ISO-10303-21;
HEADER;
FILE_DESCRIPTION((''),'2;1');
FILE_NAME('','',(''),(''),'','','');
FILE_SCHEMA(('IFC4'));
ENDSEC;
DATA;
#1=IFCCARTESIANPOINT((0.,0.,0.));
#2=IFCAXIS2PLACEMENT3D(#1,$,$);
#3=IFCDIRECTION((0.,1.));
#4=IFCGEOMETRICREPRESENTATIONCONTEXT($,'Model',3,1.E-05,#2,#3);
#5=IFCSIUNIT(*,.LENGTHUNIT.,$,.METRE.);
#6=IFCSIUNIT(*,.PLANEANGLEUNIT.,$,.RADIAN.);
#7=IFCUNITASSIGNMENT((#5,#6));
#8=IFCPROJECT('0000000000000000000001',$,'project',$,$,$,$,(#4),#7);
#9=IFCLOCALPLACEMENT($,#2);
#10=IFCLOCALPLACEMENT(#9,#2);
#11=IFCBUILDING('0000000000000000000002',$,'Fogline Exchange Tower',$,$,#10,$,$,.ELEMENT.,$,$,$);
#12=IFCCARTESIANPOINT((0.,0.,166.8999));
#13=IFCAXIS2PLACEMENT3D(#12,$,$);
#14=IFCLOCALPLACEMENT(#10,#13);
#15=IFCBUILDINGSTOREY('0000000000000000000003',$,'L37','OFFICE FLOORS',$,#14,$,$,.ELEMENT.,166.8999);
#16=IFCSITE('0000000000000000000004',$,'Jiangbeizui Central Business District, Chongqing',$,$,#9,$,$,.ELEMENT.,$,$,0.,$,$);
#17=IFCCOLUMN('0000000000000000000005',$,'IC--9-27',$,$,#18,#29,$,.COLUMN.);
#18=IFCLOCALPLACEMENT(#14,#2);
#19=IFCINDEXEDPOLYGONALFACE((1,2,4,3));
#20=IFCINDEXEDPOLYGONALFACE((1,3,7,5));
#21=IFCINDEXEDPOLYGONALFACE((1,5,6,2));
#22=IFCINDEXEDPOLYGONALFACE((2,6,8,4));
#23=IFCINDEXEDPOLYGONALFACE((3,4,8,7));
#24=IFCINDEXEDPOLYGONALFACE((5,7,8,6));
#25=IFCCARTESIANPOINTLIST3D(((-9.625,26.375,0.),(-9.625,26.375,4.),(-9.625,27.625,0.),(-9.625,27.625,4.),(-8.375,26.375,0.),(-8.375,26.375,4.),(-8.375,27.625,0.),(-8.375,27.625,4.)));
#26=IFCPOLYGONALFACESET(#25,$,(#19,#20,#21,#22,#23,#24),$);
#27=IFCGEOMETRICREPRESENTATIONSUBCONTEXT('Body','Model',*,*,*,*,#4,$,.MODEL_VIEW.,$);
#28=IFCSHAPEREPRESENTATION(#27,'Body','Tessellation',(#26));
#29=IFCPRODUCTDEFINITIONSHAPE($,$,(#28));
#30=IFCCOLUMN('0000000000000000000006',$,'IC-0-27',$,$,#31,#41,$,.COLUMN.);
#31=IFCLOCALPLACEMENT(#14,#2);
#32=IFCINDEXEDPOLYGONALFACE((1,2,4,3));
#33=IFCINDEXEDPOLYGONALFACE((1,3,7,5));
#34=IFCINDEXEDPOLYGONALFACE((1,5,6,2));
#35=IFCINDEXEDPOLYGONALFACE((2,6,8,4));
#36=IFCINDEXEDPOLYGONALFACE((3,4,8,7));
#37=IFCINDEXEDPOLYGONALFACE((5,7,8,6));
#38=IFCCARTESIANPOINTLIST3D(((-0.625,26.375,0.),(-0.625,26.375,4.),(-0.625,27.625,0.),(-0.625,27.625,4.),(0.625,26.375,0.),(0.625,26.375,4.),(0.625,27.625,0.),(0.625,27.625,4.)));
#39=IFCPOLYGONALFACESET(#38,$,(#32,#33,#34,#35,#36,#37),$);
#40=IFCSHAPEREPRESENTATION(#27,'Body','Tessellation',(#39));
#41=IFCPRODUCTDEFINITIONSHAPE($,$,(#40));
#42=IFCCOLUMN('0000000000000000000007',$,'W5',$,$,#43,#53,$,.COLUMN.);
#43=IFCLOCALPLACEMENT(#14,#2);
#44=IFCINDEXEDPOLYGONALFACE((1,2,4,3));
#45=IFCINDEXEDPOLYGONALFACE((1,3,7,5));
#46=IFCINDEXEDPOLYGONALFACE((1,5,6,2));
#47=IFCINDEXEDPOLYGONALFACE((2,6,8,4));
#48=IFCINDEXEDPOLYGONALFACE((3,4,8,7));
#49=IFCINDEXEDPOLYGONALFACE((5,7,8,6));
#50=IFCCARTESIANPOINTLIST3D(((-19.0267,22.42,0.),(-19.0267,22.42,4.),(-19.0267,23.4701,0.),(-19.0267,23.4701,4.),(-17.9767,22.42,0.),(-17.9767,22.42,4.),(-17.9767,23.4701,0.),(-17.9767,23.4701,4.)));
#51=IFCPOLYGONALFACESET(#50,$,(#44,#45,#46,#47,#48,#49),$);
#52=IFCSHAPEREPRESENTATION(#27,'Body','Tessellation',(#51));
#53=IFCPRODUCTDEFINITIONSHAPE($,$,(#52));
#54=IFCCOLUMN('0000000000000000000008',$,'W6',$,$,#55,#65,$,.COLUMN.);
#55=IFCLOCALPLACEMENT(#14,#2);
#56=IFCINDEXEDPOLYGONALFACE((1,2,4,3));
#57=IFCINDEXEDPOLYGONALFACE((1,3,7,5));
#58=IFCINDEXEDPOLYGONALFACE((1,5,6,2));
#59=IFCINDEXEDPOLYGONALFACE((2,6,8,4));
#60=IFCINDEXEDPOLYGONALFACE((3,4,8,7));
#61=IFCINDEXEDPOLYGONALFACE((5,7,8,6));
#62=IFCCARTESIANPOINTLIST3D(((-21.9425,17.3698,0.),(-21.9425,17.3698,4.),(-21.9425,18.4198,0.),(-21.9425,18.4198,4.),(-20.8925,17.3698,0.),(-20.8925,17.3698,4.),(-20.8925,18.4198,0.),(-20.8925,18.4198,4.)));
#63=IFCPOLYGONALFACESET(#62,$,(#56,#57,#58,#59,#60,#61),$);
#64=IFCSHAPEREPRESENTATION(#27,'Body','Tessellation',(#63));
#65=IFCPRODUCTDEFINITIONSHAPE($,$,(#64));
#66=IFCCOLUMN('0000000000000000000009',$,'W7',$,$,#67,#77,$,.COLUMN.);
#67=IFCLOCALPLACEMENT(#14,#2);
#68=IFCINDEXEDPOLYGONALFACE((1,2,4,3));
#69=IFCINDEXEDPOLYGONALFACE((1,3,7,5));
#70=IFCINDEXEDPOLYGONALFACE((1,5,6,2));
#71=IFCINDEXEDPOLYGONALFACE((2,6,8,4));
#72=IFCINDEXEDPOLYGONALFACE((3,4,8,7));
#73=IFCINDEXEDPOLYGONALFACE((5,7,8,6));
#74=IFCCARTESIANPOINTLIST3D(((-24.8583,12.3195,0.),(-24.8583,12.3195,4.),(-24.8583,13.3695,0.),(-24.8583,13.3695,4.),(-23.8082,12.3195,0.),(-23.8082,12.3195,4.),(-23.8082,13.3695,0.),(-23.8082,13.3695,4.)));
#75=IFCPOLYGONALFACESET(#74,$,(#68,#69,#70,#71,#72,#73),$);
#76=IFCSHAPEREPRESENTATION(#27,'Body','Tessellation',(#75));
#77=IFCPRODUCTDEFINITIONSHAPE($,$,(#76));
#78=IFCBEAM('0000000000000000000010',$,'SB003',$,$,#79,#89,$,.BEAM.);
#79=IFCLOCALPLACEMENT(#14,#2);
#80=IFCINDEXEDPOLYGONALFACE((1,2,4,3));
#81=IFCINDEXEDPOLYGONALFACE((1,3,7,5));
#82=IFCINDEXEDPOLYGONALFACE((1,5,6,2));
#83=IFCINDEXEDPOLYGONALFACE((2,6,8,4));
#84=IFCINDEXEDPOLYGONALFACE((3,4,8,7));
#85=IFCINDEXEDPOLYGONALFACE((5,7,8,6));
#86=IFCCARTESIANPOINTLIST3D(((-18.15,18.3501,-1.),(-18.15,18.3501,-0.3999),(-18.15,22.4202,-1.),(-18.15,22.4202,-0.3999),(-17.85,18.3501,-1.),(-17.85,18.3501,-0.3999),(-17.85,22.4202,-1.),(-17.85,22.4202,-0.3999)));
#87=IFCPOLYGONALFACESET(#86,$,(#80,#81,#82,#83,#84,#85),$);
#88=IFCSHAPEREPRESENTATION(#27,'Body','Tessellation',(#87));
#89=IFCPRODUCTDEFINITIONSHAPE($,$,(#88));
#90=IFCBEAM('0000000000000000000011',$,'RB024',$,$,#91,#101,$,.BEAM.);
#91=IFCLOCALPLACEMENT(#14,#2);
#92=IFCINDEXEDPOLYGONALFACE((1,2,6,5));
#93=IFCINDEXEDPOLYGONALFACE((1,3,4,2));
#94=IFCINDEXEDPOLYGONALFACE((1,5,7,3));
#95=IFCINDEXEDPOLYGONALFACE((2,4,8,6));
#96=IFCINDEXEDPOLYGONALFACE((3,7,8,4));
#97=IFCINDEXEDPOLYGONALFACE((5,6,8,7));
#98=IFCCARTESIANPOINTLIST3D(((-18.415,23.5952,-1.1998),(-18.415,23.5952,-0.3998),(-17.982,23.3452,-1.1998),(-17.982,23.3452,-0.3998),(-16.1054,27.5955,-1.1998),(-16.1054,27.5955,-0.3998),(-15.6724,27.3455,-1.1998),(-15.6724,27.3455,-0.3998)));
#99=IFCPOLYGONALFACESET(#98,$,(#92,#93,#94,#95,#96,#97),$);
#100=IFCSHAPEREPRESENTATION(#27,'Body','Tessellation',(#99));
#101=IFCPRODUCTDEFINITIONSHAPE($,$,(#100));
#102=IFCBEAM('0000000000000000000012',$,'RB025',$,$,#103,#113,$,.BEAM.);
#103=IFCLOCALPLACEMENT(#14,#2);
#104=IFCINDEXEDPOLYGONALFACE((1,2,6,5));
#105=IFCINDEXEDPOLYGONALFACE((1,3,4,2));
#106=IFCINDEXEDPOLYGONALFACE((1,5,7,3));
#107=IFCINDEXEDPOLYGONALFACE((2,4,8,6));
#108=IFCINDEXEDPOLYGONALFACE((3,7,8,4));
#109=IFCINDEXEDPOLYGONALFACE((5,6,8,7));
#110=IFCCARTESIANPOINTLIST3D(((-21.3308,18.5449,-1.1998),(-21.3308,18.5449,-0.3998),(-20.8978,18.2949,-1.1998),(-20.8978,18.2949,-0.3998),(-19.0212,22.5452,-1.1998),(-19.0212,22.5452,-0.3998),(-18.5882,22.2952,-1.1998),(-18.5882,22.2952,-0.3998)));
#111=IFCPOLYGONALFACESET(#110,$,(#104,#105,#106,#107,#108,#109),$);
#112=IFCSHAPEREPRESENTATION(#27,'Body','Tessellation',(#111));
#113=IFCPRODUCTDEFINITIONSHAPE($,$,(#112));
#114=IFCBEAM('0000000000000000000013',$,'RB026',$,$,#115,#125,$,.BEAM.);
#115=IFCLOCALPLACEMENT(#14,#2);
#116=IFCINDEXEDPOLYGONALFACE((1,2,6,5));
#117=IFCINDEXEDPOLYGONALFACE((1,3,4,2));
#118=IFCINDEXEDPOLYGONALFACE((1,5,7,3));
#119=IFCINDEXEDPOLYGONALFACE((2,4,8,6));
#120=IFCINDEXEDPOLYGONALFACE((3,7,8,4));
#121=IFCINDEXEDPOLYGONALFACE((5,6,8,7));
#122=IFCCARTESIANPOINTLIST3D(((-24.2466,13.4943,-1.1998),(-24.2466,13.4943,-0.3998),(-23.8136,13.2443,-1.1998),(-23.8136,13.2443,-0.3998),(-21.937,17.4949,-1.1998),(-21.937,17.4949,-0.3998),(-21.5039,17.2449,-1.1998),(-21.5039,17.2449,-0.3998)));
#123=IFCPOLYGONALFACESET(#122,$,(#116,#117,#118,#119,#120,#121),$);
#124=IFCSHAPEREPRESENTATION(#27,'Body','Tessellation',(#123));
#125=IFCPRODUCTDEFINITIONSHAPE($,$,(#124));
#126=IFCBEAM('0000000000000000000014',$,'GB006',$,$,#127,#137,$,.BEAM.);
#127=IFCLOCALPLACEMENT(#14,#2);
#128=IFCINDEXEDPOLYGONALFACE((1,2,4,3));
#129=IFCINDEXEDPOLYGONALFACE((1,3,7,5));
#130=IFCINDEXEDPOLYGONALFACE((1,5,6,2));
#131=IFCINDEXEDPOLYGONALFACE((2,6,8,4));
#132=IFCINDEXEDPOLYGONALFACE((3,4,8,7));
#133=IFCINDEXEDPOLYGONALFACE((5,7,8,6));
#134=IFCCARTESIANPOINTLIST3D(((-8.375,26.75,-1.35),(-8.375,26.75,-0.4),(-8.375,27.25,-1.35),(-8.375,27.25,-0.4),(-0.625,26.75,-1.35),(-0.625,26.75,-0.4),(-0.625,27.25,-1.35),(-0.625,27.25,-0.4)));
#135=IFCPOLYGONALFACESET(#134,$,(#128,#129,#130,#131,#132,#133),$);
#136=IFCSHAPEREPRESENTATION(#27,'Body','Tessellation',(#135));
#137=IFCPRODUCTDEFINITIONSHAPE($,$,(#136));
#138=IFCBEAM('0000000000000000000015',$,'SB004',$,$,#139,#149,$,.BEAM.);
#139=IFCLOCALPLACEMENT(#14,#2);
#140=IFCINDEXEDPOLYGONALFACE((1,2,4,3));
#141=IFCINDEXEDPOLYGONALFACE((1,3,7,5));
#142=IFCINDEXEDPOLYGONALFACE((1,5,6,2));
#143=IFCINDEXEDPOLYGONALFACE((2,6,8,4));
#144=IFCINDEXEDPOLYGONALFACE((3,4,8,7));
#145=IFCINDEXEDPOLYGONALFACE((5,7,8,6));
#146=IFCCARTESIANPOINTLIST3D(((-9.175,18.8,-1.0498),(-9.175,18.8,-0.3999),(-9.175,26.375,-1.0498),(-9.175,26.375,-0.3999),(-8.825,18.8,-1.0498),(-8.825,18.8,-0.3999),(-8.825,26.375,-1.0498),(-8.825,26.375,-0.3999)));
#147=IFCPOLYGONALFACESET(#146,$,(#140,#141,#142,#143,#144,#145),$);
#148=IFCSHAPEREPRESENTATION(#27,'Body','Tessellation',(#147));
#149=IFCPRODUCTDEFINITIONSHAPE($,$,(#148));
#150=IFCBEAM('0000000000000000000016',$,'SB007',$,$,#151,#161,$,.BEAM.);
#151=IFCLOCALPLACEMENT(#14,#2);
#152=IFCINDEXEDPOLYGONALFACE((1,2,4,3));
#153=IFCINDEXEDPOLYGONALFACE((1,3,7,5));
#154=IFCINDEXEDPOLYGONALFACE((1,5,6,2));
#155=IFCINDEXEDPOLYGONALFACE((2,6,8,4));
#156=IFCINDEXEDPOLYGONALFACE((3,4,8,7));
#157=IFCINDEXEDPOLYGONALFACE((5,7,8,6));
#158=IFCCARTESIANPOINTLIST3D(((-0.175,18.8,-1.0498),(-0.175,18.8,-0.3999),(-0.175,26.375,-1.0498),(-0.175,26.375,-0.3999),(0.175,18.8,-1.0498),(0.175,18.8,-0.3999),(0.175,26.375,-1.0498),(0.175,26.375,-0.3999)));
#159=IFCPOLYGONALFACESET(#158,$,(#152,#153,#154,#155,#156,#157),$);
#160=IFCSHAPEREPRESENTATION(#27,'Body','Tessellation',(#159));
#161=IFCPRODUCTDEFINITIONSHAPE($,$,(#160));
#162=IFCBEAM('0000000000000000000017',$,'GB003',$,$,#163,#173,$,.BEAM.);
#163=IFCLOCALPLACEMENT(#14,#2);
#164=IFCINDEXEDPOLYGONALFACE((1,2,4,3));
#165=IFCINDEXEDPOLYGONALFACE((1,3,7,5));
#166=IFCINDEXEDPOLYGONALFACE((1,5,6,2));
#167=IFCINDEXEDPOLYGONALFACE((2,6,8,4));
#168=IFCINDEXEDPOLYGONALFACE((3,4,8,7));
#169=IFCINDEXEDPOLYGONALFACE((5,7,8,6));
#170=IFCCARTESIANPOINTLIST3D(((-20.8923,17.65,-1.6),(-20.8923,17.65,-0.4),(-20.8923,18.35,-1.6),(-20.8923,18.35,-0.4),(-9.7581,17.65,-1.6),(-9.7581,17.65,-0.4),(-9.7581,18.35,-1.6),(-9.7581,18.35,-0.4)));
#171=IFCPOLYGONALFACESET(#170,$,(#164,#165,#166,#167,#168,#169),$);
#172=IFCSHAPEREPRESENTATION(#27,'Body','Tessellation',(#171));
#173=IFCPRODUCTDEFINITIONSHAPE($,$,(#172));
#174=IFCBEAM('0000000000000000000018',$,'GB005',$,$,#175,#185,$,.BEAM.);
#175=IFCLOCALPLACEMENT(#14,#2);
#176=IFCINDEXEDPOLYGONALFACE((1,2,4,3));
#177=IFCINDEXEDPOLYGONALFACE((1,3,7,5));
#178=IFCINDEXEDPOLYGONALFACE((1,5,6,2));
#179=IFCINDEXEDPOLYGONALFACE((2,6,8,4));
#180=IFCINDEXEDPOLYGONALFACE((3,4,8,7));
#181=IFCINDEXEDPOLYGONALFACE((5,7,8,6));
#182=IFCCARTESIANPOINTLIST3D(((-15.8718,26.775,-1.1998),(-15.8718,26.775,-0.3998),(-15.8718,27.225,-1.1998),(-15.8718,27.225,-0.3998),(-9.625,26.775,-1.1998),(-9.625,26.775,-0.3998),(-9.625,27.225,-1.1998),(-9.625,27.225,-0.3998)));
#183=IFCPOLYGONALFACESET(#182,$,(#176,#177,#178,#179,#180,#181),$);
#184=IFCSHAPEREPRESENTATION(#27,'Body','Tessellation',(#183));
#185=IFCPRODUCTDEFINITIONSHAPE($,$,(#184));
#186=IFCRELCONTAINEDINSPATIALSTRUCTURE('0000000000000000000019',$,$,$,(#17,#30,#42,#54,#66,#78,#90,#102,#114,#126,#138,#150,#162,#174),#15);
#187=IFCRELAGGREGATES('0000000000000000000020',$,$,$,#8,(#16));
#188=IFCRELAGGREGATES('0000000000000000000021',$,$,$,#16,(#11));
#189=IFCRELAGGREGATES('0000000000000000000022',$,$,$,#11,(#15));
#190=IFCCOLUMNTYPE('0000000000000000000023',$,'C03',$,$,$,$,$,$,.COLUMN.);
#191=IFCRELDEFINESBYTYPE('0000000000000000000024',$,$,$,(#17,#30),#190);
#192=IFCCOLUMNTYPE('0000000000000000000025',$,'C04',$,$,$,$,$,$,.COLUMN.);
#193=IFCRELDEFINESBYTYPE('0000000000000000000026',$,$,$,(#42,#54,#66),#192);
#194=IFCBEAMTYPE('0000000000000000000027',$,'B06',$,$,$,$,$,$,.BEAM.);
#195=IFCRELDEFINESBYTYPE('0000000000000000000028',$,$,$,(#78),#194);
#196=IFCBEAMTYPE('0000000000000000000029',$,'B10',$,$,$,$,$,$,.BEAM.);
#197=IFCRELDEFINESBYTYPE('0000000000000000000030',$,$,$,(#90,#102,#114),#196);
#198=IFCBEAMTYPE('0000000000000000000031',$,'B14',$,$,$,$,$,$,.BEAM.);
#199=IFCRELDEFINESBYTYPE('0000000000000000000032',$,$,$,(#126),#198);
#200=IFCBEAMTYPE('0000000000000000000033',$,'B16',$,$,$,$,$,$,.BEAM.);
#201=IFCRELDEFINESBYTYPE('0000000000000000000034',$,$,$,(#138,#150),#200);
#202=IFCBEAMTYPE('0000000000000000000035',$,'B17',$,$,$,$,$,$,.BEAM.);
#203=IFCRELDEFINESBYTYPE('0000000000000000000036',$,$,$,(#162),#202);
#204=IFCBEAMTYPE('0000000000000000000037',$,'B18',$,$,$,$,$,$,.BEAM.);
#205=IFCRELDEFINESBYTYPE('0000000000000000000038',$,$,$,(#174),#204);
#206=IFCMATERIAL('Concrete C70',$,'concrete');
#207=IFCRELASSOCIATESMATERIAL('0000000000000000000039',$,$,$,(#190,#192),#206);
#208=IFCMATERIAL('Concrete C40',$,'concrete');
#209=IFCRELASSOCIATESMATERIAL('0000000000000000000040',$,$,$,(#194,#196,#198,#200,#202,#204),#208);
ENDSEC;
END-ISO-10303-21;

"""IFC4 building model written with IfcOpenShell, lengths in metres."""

from ifc_helpers import new_model, si_unit, direction, frame, origin, origin_2d, place, context, subcontext, project, spatial, rectangle, extrude, material, material_profile, profile_set, type_object, element, save


model = new_model("IFC4")

# Units and contexts
model_context = context("Model", 3, precision=1e-05, world=origin(), true_north=direction((0.0, 1.0)))
body_context = subcontext(model_context, "Body", "Model", "MODEL_VIEW")
ifc_project = project(units=[si_unit("LENGTHUNIT", "METRE"), si_unit("PLANEANGLEUNIT", "RADIAN")], contexts=[model_context])

# Site, building, storey
site_placement = place(None, origin())
site = spatial("IfcSite", under=ifc_project, at=site_placement, Name="Jiangbeizui Central Business District, Chongqing", CompositionType="ELEMENT", RefElevation=0.0)
building_placement = place(site_placement, origin())
building = spatial("IfcBuilding", under=site, at=building_placement, Name="Fogline Exchange Tower", CompositionType="ELEMENT")
storey_placement = place(building_placement, frame((0.0, 0.0, 166.8999)))
storey = spatial("IfcBuildingStorey", under=building, at=storey_placement, Name="L37", Description="OFFICE FLOORS", CompositionType="ELEMENT", Elevation=166.8999)

# Columns
ifc_material_1 = material(Name="Concrete C70", Category="concrete")
ifc_material_profile_1 = material_profile(ifc_material_1, rectangle(XDim=1.25, YDim=1.25, at=origin_2d()), Name="RC 1250x1250")
ifc_profile_set_1 = profile_set([ifc_material_profile_1], Name="Concrete C70")
column_type_1 = type_object("IfcColumnType", Name="C03", PredefinedType="COLUMN", material=ifc_profile_set_1)
for number, where, z_axis, x_axis, name in (
    (1, (-9.0, 27.0, 0.0), (0.0, 0.0, 1.0), (1.0, 0.0, 0.0), "IC--9-27"),
    (2, (0.0, 27.0, 0.0), (0.0, 0.0, 1.0), (1.0, 0.0, 0.0), "IC-0-27"),
):
    element("IfcColumn", number, at=place(storey_placement, frame(where, z_axis=z_axis, x_axis=x_axis)), inside=storey, type_object=column_type_1, Name=name, PredefinedType="COLUMN", context=body_context, shape_type="SweptSolid", body=[
        extrude(rectangle(XDim=1.25, YDim=1.25, at=origin_2d()), origin(), (0.0, 0.0, 1.0), 4.0),
    ])
ifc_material_profile_2 = material_profile(ifc_material_1, rectangle(XDim=1.05, YDim=1.05, at=origin_2d()), Name="RC 1050x1050")
ifc_profile_set_2 = profile_set([ifc_material_profile_2], Name="Concrete C70")
column_type_2 = type_object("IfcColumnType", Name="C04", PredefinedType="COLUMN", material=ifc_profile_set_2)
for number, where, z_axis, x_axis, name in (
    (3, (-18.5017, 22.9451, 0.0), (0.0, 0.0, 1.0), (1.0, 0.0, 0.0), "W5"),
    (4, (-21.4175, 17.8948, 0.0), (0.0, 0.0, 1.0), (1.0, 0.0, 0.0), "W6"),
    (5, (-24.3333, 12.8445, 0.0), (0.0, 0.0, 1.0), (1.0, 0.0, 0.0), "W7"),
):
    element("IfcColumn", number, at=place(storey_placement, frame(where, z_axis=z_axis, x_axis=x_axis)), inside=storey, type_object=column_type_2, Name=name, PredefinedType="COLUMN", context=body_context, shape_type="SweptSolid", body=[
        extrude(rectangle(XDim=1.05, YDim=1.05, at=origin_2d()), origin(), (0.0, 0.0, 1.0), 4.0),
    ])

# Beams
ifc_material_2 = material(Name="Concrete C40", Category="concrete")
ifc_material_profile_3 = material_profile(ifc_material_2, rectangle(XDim=0.3, YDim=0.6001, at=origin_2d()), Name="RC 300x600")
ifc_profile_set_3 = profile_set([ifc_material_profile_3], Name="Concrete C40")
beam_type_1 = type_object("IfcBeamType", Name="B06", PredefinedType="BEAM", material=ifc_profile_set_3)
beam_1_placement = place(storey_placement, frame((-18.0, 18.3501, -0.7), z_axis=(0.0, 1.0, 0.0), x_axis=(-1.0, 0.0, 0.0)))
element("IfcBeam", 6, at=beam_1_placement, inside=storey, type_object=beam_type_1, Name="SB003", PredefinedType="BEAM", context=body_context, shape_type="SweptSolid", body=[
    extrude(rectangle(XDim=0.3, YDim=0.6001, at=origin_2d()), origin(), (0.0, 0.0, 1.0), 4.0701),
])
ifc_material_profile_4 = material_profile(ifc_material_2, rectangle(XDim=0.5, YDim=0.8, at=origin_2d()), Name="RC 500x800")
ifc_profile_set_4 = profile_set([ifc_material_profile_4], Name="Concrete C40")
beam_type_2 = type_object("IfcBeamType", Name="B10", PredefinedType="BEAM", material=ifc_profile_set_4)
for number, where, z_axis, x_axis, name in (
    (7, (-15.8889, 27.4705, -0.7998), (-0.500005, -0.866023, 0.0), (0.866023, -0.500005, 0.0), "RB024"),
    (8, (-18.8047, 22.4202, -0.7998), (-0.500005, -0.866023, 0.0), (0.866023, -0.500005, 0.0), "RB025"),
):
    element("IfcBeam", number, at=place(storey_placement, frame(where, z_axis=z_axis, x_axis=x_axis)), inside=storey, type_object=beam_type_2, Name=name, PredefinedType="BEAM", context=body_context, shape_type="SweptSolid", body=[
        extrude(rectangle(XDim=0.5, YDim=0.8, at=origin_2d()), origin(), (0.0, 0.0, 1.0), 4.6191),
    ])
beam_2_placement = place(storey_placement, frame((-21.7205, 17.3699, -0.7998), z_axis=(-0.499982, -0.866036, 0.0), x_axis=(0.866036, -0.499982, 0.0)))
element("IfcBeam", 9, at=beam_2_placement, inside=storey, type_object=beam_type_2, Name="RB026", PredefinedType="BEAM", context=body_context, shape_type="SweptSolid", body=[
    extrude(rectangle(XDim=0.5, YDim=0.8, at=origin_2d()), origin(), (0.0, 0.0, 1.0), 4.6194),
])
ifc_material_profile_5 = material_profile(ifc_material_2, rectangle(XDim=0.5, YDim=0.95, at=origin_2d()), Name="RC 500x950")
ifc_profile_set_5 = profile_set([ifc_material_profile_5], Name="Concrete C40")
beam_type_3 = type_object("IfcBeamType", Name="B14", PredefinedType="BEAM", material=ifc_profile_set_5)
beam_3_placement = place(storey_placement, frame((-8.375, 27.0, -0.875), z_axis=(1.0, 0.0, 0.0), x_axis=(0.0, 1.0, 0.0)))
element("IfcBeam", 10, at=beam_3_placement, inside=storey, type_object=beam_type_3, Name="GB006", PredefinedType="BEAM", context=body_context, shape_type="SweptSolid", body=[
    extrude(rectangle(XDim=0.5, YDim=0.95, at=origin_2d()), origin(), (0.0, 0.0, 1.0), 7.75),
])
ifc_material_profile_6 = material_profile(ifc_material_2, rectangle(XDim=0.3501, YDim=0.6499, at=origin_2d()), Name="RC 350x650")
ifc_profile_set_6 = profile_set([ifc_material_profile_6], Name="Concrete C40")
beam_type_4 = type_object("IfcBeamType", Name="B16", PredefinedType="BEAM", material=ifc_profile_set_6)
for number, where, z_axis, x_axis, name in (
    (11, (-9.0, 18.8, -0.7249), (0.0, 1.0, 0.0), (-1.0, 0.0, 0.0), "SB004"),
    (12, (0.0, 18.8, -0.7249), (0.0, 1.0, 0.0), (-1.0, 0.0, 0.0), "SB007"),
):
    element("IfcBeam", number, at=place(storey_placement, frame(where, z_axis=z_axis, x_axis=x_axis)), inside=storey, type_object=beam_type_4, Name=name, PredefinedType="BEAM", context=body_context, shape_type="SweptSolid", body=[
        extrude(rectangle(XDim=0.3501, YDim=0.6499, at=origin_2d()), origin(), (0.0, 0.0, 1.0), 7.575),
    ])
ifc_material_profile_7 = material_profile(ifc_material_2, rectangle(XDim=0.7, YDim=1.2, at=origin_2d()), Name="RC 700x1200")
ifc_profile_set_7 = profile_set([ifc_material_profile_7], Name="Concrete C40")
beam_type_5 = type_object("IfcBeamType", Name="B17", PredefinedType="BEAM", material=ifc_profile_set_7)
beam_4_placement = place(storey_placement, frame((-20.8923, 18.0, -1.0), z_axis=(1.0, 0.0, 0.0), x_axis=(0.0, 1.0, 0.0)))
element("IfcBeam", 13, at=beam_4_placement, inside=storey, type_object=beam_type_5, Name="GB003", PredefinedType="BEAM", context=body_context, shape_type="SweptSolid", body=[
    extrude(rectangle(XDim=0.7, YDim=1.2, at=origin_2d()), origin(), (0.0, 0.0, 1.0), 11.1343),
])
ifc_material_profile_8 = material_profile(ifc_material_2, rectangle(XDim=0.45, YDim=0.8, at=origin_2d()), Name="RC 450x800")
ifc_profile_set_8 = profile_set([ifc_material_profile_8], Name="Concrete C40")
beam_type_6 = type_object("IfcBeamType", Name="B18", PredefinedType="BEAM", material=ifc_profile_set_8)
beam_5_placement = place(storey_placement, frame((-15.8718, 27.0, -0.7998), z_axis=(1.0, 0.0, 0.0), x_axis=(0.0, 1.0, 0.0)))
element("IfcBeam", 14, at=beam_5_placement, inside=storey, type_object=beam_type_6, Name="GB005", PredefinedType="BEAM", context=body_context, shape_type="SweptSolid", body=[
    extrude(rectangle(XDim=0.45, YDim=0.8, at=origin_2d()), origin(), (0.0, 0.0, 1.0), 6.2468),
])

save(model, "model.ifc")
